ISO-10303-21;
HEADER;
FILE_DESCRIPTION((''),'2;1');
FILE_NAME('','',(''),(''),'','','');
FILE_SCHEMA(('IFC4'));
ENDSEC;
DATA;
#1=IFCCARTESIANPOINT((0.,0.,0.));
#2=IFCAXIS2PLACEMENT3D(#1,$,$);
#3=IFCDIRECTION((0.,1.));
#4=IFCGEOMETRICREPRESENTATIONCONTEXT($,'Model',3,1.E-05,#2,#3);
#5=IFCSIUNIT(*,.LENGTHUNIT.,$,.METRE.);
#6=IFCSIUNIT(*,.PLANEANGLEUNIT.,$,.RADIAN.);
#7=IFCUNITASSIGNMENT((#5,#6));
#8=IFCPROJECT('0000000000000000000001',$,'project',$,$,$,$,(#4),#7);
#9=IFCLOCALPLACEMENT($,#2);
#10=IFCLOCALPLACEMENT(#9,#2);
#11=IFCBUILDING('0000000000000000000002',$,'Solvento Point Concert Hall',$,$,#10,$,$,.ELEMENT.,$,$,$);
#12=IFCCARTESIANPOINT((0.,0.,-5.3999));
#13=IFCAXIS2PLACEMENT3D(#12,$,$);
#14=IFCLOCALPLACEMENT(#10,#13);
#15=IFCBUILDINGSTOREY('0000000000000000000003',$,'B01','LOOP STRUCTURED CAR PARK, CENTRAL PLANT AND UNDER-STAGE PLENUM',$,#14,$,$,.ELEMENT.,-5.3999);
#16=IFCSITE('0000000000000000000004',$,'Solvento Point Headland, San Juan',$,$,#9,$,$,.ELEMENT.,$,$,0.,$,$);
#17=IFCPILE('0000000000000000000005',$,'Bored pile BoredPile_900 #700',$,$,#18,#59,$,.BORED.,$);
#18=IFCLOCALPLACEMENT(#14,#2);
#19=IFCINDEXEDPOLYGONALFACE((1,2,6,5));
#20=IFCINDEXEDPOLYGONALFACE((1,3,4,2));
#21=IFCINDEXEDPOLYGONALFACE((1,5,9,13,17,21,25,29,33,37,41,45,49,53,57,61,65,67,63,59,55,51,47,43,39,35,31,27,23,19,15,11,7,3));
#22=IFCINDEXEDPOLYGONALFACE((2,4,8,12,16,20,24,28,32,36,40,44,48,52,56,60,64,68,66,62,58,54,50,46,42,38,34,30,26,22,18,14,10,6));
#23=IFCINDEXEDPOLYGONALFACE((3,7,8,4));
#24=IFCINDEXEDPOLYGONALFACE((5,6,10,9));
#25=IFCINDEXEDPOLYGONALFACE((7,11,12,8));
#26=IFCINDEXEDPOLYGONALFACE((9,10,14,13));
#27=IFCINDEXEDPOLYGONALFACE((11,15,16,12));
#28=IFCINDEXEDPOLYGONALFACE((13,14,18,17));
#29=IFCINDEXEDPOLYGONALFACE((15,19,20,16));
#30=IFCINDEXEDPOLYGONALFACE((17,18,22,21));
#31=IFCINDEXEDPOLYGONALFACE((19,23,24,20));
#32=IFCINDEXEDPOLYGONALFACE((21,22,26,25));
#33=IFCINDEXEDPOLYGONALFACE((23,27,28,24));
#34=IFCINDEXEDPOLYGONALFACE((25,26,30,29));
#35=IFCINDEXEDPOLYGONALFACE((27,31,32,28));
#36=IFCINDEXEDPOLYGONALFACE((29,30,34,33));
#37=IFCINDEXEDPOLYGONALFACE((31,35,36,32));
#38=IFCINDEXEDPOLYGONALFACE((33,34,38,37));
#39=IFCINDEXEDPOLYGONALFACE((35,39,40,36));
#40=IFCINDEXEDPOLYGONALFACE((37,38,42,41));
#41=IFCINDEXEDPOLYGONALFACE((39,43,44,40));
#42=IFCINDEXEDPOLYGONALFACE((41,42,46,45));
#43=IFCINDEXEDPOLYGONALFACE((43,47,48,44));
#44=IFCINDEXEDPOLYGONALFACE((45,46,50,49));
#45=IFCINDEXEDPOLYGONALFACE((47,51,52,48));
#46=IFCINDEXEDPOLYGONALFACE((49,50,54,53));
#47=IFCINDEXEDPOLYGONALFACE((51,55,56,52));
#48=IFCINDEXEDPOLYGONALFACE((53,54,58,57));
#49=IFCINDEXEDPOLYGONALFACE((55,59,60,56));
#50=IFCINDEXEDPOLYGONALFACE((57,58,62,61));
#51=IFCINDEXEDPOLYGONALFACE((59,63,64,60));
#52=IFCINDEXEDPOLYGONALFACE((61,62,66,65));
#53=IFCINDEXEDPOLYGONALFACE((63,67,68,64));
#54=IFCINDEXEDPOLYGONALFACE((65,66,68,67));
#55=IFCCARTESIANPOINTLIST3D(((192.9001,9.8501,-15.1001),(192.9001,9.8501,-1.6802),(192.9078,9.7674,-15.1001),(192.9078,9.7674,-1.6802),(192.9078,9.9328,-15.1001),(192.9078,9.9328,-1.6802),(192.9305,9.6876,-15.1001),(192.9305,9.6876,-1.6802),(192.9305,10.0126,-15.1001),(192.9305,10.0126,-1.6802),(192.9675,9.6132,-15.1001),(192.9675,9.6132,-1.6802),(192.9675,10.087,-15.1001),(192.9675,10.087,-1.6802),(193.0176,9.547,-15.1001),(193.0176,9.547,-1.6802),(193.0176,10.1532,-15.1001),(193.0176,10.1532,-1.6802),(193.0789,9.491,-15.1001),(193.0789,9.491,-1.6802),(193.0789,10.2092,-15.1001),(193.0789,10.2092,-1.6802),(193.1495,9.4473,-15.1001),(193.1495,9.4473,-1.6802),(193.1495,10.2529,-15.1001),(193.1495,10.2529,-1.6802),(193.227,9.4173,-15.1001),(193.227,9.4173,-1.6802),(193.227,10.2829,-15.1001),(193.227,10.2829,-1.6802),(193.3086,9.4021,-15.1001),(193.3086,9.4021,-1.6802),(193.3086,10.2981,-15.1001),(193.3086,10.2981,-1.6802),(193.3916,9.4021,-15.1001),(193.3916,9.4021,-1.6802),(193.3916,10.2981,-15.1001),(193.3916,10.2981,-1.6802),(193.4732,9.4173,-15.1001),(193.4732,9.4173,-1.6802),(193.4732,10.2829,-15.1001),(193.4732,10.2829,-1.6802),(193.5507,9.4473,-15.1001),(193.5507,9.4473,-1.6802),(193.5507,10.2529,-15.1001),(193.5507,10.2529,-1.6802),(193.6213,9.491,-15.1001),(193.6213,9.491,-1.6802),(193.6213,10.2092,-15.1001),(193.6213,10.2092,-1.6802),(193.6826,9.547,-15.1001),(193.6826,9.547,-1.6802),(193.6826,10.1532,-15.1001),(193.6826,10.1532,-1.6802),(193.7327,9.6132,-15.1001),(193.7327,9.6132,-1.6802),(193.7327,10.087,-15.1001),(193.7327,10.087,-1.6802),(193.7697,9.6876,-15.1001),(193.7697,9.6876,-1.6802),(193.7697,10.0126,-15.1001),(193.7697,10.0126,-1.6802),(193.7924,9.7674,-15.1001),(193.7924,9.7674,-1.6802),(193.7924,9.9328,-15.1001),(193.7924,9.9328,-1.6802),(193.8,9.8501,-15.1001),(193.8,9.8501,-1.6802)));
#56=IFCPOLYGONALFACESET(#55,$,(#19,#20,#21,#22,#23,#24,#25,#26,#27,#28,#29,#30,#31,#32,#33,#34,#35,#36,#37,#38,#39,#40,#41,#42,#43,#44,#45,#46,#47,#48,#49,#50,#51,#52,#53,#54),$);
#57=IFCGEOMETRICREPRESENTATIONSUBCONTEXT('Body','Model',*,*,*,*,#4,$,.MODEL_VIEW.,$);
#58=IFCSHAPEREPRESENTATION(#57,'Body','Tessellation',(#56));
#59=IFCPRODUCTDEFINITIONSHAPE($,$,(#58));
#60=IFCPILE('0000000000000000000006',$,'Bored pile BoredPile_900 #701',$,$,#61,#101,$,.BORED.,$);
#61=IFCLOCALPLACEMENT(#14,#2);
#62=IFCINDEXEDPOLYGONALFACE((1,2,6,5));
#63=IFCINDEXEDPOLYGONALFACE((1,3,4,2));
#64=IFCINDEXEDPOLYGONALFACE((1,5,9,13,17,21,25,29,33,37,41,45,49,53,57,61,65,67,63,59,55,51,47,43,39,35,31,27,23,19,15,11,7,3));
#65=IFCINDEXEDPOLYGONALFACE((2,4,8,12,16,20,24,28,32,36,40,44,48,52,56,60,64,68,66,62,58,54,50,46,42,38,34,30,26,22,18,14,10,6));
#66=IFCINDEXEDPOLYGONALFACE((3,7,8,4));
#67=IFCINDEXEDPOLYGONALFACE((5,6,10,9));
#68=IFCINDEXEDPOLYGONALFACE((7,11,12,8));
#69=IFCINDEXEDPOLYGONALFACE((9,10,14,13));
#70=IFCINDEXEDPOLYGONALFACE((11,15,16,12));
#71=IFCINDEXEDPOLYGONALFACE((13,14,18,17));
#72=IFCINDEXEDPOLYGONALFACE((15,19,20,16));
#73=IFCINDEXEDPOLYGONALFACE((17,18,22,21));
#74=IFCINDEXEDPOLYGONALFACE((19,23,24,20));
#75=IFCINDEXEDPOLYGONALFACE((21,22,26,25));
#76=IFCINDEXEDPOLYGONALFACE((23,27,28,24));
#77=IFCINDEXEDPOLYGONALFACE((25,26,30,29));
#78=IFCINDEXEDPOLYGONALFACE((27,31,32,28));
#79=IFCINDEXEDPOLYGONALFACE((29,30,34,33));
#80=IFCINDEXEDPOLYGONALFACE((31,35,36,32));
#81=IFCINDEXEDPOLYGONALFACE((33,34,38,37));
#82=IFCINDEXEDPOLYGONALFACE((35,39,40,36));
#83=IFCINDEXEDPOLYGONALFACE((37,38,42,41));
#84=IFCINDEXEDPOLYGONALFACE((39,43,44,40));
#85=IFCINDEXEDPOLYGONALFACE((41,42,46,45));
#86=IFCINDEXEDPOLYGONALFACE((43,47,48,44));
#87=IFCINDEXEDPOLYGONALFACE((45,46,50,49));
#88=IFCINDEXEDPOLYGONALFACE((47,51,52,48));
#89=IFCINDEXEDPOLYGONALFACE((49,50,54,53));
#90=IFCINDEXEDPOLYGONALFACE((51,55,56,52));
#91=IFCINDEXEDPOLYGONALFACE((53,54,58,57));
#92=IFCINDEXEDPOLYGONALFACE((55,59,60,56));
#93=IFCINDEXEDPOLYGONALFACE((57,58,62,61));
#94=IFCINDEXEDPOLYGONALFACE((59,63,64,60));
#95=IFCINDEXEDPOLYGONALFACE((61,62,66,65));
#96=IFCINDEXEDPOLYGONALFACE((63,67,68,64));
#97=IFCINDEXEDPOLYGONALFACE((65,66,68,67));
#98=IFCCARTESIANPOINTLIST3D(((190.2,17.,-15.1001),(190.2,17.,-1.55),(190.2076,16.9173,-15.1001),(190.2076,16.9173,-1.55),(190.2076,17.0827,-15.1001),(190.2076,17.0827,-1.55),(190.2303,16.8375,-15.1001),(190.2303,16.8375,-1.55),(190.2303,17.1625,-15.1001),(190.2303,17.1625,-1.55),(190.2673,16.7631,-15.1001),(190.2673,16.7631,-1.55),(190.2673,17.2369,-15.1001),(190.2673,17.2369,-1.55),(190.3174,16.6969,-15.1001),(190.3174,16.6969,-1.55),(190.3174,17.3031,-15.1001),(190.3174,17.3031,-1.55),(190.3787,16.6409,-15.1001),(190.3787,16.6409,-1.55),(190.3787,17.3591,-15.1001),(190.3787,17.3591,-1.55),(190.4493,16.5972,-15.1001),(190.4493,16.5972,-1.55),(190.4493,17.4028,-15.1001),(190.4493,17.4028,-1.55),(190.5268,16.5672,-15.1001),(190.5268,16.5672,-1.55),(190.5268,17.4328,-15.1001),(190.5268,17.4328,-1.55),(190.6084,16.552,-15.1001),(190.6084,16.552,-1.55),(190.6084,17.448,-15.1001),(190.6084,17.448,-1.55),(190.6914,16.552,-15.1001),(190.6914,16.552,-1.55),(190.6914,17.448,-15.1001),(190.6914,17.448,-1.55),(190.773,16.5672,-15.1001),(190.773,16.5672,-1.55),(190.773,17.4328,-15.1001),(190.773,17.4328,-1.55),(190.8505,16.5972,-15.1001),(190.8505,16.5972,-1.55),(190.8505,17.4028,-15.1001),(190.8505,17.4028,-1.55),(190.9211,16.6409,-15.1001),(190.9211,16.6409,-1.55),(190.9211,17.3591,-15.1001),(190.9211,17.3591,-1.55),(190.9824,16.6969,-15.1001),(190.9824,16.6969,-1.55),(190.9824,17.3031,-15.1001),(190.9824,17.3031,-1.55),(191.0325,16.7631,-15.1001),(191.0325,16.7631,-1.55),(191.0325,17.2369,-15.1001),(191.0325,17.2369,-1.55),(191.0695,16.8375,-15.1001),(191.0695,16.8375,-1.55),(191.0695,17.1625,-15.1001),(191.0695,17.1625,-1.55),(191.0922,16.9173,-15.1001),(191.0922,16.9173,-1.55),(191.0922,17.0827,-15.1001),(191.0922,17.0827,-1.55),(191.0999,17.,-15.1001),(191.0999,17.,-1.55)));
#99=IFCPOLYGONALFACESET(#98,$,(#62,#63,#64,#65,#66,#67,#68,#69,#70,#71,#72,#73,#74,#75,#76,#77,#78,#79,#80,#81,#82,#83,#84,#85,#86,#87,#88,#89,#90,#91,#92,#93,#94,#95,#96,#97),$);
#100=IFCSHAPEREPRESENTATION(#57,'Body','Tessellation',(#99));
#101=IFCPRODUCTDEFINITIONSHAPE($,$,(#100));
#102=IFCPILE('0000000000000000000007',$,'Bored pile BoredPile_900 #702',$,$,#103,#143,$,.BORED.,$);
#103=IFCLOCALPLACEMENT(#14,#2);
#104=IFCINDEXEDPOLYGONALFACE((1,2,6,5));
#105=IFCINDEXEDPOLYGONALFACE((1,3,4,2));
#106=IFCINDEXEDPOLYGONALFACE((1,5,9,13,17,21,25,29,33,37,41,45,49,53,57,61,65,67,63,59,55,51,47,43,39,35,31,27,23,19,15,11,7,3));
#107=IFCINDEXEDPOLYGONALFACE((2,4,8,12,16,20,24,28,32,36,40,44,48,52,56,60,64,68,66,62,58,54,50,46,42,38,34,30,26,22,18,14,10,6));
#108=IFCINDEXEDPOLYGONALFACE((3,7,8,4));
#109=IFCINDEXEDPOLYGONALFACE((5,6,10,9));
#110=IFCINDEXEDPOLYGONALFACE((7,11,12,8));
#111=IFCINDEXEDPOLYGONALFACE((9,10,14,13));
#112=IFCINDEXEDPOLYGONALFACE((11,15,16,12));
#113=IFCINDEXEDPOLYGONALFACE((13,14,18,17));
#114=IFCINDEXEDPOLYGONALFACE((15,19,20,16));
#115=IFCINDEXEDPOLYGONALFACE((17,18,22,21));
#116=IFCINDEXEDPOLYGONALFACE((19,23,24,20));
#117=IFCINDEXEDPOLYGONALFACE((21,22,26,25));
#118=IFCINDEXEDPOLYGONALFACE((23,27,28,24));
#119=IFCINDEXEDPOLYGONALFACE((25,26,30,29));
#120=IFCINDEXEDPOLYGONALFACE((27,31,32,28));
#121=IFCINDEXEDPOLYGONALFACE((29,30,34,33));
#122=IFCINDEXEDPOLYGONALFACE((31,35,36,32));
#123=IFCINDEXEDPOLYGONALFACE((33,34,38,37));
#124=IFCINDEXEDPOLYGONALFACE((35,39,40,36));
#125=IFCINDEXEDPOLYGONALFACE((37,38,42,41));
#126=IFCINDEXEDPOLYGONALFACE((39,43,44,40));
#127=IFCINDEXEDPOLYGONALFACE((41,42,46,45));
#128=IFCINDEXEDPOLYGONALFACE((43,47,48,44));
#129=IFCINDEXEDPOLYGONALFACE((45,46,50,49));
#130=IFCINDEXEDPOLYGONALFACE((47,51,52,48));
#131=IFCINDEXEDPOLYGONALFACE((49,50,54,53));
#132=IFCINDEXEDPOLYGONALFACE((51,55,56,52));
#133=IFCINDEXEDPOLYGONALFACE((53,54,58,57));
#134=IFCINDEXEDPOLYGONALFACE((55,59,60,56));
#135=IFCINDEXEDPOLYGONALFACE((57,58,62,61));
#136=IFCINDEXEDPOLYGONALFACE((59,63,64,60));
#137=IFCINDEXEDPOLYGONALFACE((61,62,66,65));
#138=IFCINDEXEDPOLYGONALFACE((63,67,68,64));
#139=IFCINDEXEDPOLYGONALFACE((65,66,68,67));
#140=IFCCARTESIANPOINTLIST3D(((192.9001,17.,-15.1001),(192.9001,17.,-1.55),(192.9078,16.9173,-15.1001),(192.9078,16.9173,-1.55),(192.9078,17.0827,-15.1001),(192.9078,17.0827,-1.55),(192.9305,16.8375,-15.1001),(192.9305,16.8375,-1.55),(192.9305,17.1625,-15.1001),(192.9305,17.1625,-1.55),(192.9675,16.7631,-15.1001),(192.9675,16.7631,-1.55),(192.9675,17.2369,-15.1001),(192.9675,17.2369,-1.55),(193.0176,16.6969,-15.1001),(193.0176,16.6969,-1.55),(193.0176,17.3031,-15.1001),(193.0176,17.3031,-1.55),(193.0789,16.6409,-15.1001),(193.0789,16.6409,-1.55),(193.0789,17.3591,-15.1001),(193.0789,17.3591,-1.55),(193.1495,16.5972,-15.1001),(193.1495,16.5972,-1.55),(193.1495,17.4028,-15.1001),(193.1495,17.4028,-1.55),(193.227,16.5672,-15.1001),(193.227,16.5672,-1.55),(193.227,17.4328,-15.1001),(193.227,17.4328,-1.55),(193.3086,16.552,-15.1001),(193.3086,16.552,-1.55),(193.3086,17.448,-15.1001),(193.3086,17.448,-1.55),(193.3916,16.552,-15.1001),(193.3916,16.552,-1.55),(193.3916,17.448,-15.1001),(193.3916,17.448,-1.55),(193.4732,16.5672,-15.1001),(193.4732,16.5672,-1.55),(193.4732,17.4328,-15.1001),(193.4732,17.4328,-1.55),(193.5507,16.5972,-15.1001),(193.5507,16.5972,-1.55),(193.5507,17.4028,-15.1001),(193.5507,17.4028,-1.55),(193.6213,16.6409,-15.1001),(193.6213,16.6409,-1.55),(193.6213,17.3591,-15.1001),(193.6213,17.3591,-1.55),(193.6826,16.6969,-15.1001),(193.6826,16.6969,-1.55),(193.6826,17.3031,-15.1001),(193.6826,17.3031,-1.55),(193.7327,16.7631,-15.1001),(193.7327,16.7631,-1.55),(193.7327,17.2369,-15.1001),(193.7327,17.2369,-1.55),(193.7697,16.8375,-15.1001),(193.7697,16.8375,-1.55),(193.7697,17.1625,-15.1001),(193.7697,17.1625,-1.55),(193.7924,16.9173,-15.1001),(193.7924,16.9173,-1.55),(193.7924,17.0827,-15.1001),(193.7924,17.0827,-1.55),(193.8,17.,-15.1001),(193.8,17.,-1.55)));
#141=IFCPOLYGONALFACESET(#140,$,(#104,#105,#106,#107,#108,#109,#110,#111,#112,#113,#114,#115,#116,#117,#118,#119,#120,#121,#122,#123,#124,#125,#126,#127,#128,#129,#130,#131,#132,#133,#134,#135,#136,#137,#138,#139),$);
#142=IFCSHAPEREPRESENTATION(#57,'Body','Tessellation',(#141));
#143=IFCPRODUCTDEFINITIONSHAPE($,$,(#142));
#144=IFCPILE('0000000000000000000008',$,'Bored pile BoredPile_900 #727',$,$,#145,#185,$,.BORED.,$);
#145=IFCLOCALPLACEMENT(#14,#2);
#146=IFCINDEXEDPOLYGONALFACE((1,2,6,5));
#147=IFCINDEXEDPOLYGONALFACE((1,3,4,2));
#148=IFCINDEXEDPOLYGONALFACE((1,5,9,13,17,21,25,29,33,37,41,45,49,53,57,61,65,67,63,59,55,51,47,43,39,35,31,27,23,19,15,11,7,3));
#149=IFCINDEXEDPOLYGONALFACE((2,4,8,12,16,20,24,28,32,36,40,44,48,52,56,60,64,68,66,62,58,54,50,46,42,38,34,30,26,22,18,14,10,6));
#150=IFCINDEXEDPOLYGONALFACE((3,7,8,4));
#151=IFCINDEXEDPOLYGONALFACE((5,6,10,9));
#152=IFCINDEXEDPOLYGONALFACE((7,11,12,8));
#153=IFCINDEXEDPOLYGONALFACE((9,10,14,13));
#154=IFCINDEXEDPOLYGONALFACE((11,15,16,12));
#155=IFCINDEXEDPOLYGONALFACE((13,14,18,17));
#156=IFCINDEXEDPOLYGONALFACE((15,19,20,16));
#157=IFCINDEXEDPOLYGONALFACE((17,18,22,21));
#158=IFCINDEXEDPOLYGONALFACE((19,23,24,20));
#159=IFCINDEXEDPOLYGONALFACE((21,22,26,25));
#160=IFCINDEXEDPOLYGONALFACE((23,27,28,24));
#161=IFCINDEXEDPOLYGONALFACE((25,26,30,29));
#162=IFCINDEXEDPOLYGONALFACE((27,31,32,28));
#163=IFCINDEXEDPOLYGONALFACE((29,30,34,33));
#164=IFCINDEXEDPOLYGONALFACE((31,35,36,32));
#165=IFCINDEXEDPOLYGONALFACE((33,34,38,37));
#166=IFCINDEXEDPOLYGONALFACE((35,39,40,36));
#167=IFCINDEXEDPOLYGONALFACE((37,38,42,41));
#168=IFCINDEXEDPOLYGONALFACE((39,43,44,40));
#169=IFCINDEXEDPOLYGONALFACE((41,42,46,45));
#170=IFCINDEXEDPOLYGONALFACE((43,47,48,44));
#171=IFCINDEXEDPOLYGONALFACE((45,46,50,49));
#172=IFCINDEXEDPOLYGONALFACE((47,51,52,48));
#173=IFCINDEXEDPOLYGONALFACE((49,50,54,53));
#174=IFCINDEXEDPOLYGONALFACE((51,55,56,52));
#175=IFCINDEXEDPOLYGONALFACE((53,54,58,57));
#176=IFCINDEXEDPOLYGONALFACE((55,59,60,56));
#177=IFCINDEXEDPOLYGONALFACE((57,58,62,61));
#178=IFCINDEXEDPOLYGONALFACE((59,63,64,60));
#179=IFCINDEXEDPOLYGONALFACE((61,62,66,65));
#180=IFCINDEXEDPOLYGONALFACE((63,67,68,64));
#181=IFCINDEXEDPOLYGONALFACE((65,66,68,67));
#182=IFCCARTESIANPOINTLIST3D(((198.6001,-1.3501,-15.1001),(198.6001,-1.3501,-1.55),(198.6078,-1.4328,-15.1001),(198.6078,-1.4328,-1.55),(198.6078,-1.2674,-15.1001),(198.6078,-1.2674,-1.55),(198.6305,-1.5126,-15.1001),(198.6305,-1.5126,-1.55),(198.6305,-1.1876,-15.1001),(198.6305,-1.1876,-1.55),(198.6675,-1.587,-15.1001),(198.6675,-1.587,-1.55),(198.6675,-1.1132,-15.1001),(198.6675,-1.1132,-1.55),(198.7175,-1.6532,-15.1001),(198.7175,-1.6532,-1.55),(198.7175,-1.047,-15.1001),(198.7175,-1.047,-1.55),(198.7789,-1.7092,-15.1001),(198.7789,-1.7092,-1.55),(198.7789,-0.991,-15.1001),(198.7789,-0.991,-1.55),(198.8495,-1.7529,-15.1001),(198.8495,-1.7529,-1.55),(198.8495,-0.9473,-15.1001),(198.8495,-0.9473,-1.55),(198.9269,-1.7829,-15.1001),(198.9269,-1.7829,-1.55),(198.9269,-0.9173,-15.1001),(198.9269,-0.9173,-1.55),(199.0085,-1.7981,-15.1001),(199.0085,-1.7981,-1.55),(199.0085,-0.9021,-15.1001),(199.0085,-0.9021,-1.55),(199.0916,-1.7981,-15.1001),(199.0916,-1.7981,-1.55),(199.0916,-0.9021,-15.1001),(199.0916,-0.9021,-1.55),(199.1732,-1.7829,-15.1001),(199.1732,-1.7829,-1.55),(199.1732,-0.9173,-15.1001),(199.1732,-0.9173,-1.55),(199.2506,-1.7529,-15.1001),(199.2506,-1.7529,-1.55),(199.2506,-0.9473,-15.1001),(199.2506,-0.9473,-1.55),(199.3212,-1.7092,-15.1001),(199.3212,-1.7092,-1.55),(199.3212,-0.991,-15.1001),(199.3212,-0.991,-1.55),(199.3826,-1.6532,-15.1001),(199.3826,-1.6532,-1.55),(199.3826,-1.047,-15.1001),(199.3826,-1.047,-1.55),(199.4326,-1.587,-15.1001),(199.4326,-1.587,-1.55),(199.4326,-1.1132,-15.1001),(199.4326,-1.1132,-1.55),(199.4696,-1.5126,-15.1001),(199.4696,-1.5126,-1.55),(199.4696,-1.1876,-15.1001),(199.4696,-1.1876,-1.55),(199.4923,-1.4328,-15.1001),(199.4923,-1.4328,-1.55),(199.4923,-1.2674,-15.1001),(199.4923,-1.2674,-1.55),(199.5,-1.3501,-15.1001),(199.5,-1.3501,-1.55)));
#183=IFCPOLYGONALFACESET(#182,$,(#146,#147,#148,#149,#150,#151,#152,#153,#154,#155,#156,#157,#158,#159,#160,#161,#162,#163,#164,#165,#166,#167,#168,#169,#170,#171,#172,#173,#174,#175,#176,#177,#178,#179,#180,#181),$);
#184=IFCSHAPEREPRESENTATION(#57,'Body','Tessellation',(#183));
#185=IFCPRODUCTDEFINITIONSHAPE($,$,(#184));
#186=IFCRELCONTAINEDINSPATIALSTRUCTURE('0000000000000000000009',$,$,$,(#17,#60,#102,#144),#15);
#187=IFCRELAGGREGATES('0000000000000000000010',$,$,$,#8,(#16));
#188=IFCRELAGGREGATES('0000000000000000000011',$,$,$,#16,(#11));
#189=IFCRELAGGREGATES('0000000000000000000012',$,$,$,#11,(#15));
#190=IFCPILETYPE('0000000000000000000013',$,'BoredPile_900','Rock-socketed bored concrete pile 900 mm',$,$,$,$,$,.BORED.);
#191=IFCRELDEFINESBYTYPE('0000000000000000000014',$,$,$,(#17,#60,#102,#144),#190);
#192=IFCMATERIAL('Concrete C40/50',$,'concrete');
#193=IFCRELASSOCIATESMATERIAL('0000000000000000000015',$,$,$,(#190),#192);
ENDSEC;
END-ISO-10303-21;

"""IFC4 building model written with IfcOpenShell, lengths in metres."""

from ifc_helpers import new_model, si_unit, direction, frame, origin, origin_2d, place, context, subcontext, project, spatial, circle, extrude, material, material_profile, profile_set, type_object, element, save


model = new_model("IFC4")

# Units and contexts
model_context = context("Model", 3, precision=1e-05, world=origin(), true_north=direction((0.0, 1.0)))
body_context = subcontext(model_context, "Body", "Model", "MODEL_VIEW")
ifc_project = project(units=[si_unit("LENGTHUNIT", "METRE"), si_unit("PLANEANGLEUNIT", "RADIAN")], contexts=[model_context])

# Site, building, storey
site_placement = place(None, origin())
site = spatial("IfcSite", under=ifc_project, at=site_placement, Name="Solvento Point Headland, San Juan", CompositionType="ELEMENT", RefElevation=0.0)
building_placement = place(site_placement, origin())
building = spatial("IfcBuilding", under=site, at=building_placement, Name="Solvento Point Concert Hall", CompositionType="ELEMENT")
storey_placement = place(building_placement, frame((0.0, 0.0, -5.3999)))
storey = spatial("IfcBuildingStorey", under=building, at=storey_placement, Name="B01", Description="LOOP STRUCTURED CAR PARK, CENTRAL PLANT AND UNDER-STAGE PLENUM", CompositionType="ELEMENT", Elevation=-5.3999)

# Piles
ifc_material_1 = material(Name="Concrete C40/50", Category="concrete")
ifc_material_profile_1 = material_profile(ifc_material_1, circle(Radius=0.45, at=origin_2d()), Name="BP-900")
ifc_profile_set_1 = profile_set([ifc_material_profile_1], Name="Concrete C40/50")
pile_type_1 = type_object("IfcPileType", Name="BoredPile_900", Description="Rock-socketed bored concrete pile 900 mm", PredefinedType="BORED", material=ifc_profile_set_1)
for number, where, z_axis, x_axis, name in (
    (1, (193.3501, 9.8501, -1.6802), (0.0, 0.0, -1.0), (1.0, 0.0, 0.0), "Bored pile BoredPile_900 #700"),
):
    element("IfcPile", number, at=place(storey_placement, frame(where, z_axis=z_axis, x_axis=x_axis)), inside=storey, type_object=pile_type_1, Name=name, PredefinedType="BORED", context=body_context, shape_type="SweptSolid", body=[
        extrude(circle(Radius=0.45, at=origin_2d()), origin(), (0.0, 0.0, 1.0), 13.4199),
    ])
for number, where, z_axis, x_axis, name in (
    (2, (190.6499, 17.0, -1.55), (0.0, 0.0, -1.0), (1.0, 0.0, 0.0), "Bored pile BoredPile_900 #701"),
    (3, (193.3501, 17.0, -1.55), (0.0, 0.0, -1.0), (1.0, 0.0, 0.0), "Bored pile BoredPile_900 #702"),
    (4, (199.05, -1.3501, -1.55), (0.0, 0.0, -1.0), (1.0, 0.0, 0.0), "Bored pile BoredPile_900 #727"),
):
    element("IfcPile", number, at=place(storey_placement, frame(where, z_axis=z_axis, x_axis=x_axis)), inside=storey, type_object=pile_type_1, Name=name, PredefinedType="BORED", context=body_context, shape_type="SweptSolid", body=[
        extrude(circle(Radius=0.45, at=origin_2d()), origin(), (0.0, 0.0, 1.0), 13.55),
    ])

save(model, "model.ifc")
